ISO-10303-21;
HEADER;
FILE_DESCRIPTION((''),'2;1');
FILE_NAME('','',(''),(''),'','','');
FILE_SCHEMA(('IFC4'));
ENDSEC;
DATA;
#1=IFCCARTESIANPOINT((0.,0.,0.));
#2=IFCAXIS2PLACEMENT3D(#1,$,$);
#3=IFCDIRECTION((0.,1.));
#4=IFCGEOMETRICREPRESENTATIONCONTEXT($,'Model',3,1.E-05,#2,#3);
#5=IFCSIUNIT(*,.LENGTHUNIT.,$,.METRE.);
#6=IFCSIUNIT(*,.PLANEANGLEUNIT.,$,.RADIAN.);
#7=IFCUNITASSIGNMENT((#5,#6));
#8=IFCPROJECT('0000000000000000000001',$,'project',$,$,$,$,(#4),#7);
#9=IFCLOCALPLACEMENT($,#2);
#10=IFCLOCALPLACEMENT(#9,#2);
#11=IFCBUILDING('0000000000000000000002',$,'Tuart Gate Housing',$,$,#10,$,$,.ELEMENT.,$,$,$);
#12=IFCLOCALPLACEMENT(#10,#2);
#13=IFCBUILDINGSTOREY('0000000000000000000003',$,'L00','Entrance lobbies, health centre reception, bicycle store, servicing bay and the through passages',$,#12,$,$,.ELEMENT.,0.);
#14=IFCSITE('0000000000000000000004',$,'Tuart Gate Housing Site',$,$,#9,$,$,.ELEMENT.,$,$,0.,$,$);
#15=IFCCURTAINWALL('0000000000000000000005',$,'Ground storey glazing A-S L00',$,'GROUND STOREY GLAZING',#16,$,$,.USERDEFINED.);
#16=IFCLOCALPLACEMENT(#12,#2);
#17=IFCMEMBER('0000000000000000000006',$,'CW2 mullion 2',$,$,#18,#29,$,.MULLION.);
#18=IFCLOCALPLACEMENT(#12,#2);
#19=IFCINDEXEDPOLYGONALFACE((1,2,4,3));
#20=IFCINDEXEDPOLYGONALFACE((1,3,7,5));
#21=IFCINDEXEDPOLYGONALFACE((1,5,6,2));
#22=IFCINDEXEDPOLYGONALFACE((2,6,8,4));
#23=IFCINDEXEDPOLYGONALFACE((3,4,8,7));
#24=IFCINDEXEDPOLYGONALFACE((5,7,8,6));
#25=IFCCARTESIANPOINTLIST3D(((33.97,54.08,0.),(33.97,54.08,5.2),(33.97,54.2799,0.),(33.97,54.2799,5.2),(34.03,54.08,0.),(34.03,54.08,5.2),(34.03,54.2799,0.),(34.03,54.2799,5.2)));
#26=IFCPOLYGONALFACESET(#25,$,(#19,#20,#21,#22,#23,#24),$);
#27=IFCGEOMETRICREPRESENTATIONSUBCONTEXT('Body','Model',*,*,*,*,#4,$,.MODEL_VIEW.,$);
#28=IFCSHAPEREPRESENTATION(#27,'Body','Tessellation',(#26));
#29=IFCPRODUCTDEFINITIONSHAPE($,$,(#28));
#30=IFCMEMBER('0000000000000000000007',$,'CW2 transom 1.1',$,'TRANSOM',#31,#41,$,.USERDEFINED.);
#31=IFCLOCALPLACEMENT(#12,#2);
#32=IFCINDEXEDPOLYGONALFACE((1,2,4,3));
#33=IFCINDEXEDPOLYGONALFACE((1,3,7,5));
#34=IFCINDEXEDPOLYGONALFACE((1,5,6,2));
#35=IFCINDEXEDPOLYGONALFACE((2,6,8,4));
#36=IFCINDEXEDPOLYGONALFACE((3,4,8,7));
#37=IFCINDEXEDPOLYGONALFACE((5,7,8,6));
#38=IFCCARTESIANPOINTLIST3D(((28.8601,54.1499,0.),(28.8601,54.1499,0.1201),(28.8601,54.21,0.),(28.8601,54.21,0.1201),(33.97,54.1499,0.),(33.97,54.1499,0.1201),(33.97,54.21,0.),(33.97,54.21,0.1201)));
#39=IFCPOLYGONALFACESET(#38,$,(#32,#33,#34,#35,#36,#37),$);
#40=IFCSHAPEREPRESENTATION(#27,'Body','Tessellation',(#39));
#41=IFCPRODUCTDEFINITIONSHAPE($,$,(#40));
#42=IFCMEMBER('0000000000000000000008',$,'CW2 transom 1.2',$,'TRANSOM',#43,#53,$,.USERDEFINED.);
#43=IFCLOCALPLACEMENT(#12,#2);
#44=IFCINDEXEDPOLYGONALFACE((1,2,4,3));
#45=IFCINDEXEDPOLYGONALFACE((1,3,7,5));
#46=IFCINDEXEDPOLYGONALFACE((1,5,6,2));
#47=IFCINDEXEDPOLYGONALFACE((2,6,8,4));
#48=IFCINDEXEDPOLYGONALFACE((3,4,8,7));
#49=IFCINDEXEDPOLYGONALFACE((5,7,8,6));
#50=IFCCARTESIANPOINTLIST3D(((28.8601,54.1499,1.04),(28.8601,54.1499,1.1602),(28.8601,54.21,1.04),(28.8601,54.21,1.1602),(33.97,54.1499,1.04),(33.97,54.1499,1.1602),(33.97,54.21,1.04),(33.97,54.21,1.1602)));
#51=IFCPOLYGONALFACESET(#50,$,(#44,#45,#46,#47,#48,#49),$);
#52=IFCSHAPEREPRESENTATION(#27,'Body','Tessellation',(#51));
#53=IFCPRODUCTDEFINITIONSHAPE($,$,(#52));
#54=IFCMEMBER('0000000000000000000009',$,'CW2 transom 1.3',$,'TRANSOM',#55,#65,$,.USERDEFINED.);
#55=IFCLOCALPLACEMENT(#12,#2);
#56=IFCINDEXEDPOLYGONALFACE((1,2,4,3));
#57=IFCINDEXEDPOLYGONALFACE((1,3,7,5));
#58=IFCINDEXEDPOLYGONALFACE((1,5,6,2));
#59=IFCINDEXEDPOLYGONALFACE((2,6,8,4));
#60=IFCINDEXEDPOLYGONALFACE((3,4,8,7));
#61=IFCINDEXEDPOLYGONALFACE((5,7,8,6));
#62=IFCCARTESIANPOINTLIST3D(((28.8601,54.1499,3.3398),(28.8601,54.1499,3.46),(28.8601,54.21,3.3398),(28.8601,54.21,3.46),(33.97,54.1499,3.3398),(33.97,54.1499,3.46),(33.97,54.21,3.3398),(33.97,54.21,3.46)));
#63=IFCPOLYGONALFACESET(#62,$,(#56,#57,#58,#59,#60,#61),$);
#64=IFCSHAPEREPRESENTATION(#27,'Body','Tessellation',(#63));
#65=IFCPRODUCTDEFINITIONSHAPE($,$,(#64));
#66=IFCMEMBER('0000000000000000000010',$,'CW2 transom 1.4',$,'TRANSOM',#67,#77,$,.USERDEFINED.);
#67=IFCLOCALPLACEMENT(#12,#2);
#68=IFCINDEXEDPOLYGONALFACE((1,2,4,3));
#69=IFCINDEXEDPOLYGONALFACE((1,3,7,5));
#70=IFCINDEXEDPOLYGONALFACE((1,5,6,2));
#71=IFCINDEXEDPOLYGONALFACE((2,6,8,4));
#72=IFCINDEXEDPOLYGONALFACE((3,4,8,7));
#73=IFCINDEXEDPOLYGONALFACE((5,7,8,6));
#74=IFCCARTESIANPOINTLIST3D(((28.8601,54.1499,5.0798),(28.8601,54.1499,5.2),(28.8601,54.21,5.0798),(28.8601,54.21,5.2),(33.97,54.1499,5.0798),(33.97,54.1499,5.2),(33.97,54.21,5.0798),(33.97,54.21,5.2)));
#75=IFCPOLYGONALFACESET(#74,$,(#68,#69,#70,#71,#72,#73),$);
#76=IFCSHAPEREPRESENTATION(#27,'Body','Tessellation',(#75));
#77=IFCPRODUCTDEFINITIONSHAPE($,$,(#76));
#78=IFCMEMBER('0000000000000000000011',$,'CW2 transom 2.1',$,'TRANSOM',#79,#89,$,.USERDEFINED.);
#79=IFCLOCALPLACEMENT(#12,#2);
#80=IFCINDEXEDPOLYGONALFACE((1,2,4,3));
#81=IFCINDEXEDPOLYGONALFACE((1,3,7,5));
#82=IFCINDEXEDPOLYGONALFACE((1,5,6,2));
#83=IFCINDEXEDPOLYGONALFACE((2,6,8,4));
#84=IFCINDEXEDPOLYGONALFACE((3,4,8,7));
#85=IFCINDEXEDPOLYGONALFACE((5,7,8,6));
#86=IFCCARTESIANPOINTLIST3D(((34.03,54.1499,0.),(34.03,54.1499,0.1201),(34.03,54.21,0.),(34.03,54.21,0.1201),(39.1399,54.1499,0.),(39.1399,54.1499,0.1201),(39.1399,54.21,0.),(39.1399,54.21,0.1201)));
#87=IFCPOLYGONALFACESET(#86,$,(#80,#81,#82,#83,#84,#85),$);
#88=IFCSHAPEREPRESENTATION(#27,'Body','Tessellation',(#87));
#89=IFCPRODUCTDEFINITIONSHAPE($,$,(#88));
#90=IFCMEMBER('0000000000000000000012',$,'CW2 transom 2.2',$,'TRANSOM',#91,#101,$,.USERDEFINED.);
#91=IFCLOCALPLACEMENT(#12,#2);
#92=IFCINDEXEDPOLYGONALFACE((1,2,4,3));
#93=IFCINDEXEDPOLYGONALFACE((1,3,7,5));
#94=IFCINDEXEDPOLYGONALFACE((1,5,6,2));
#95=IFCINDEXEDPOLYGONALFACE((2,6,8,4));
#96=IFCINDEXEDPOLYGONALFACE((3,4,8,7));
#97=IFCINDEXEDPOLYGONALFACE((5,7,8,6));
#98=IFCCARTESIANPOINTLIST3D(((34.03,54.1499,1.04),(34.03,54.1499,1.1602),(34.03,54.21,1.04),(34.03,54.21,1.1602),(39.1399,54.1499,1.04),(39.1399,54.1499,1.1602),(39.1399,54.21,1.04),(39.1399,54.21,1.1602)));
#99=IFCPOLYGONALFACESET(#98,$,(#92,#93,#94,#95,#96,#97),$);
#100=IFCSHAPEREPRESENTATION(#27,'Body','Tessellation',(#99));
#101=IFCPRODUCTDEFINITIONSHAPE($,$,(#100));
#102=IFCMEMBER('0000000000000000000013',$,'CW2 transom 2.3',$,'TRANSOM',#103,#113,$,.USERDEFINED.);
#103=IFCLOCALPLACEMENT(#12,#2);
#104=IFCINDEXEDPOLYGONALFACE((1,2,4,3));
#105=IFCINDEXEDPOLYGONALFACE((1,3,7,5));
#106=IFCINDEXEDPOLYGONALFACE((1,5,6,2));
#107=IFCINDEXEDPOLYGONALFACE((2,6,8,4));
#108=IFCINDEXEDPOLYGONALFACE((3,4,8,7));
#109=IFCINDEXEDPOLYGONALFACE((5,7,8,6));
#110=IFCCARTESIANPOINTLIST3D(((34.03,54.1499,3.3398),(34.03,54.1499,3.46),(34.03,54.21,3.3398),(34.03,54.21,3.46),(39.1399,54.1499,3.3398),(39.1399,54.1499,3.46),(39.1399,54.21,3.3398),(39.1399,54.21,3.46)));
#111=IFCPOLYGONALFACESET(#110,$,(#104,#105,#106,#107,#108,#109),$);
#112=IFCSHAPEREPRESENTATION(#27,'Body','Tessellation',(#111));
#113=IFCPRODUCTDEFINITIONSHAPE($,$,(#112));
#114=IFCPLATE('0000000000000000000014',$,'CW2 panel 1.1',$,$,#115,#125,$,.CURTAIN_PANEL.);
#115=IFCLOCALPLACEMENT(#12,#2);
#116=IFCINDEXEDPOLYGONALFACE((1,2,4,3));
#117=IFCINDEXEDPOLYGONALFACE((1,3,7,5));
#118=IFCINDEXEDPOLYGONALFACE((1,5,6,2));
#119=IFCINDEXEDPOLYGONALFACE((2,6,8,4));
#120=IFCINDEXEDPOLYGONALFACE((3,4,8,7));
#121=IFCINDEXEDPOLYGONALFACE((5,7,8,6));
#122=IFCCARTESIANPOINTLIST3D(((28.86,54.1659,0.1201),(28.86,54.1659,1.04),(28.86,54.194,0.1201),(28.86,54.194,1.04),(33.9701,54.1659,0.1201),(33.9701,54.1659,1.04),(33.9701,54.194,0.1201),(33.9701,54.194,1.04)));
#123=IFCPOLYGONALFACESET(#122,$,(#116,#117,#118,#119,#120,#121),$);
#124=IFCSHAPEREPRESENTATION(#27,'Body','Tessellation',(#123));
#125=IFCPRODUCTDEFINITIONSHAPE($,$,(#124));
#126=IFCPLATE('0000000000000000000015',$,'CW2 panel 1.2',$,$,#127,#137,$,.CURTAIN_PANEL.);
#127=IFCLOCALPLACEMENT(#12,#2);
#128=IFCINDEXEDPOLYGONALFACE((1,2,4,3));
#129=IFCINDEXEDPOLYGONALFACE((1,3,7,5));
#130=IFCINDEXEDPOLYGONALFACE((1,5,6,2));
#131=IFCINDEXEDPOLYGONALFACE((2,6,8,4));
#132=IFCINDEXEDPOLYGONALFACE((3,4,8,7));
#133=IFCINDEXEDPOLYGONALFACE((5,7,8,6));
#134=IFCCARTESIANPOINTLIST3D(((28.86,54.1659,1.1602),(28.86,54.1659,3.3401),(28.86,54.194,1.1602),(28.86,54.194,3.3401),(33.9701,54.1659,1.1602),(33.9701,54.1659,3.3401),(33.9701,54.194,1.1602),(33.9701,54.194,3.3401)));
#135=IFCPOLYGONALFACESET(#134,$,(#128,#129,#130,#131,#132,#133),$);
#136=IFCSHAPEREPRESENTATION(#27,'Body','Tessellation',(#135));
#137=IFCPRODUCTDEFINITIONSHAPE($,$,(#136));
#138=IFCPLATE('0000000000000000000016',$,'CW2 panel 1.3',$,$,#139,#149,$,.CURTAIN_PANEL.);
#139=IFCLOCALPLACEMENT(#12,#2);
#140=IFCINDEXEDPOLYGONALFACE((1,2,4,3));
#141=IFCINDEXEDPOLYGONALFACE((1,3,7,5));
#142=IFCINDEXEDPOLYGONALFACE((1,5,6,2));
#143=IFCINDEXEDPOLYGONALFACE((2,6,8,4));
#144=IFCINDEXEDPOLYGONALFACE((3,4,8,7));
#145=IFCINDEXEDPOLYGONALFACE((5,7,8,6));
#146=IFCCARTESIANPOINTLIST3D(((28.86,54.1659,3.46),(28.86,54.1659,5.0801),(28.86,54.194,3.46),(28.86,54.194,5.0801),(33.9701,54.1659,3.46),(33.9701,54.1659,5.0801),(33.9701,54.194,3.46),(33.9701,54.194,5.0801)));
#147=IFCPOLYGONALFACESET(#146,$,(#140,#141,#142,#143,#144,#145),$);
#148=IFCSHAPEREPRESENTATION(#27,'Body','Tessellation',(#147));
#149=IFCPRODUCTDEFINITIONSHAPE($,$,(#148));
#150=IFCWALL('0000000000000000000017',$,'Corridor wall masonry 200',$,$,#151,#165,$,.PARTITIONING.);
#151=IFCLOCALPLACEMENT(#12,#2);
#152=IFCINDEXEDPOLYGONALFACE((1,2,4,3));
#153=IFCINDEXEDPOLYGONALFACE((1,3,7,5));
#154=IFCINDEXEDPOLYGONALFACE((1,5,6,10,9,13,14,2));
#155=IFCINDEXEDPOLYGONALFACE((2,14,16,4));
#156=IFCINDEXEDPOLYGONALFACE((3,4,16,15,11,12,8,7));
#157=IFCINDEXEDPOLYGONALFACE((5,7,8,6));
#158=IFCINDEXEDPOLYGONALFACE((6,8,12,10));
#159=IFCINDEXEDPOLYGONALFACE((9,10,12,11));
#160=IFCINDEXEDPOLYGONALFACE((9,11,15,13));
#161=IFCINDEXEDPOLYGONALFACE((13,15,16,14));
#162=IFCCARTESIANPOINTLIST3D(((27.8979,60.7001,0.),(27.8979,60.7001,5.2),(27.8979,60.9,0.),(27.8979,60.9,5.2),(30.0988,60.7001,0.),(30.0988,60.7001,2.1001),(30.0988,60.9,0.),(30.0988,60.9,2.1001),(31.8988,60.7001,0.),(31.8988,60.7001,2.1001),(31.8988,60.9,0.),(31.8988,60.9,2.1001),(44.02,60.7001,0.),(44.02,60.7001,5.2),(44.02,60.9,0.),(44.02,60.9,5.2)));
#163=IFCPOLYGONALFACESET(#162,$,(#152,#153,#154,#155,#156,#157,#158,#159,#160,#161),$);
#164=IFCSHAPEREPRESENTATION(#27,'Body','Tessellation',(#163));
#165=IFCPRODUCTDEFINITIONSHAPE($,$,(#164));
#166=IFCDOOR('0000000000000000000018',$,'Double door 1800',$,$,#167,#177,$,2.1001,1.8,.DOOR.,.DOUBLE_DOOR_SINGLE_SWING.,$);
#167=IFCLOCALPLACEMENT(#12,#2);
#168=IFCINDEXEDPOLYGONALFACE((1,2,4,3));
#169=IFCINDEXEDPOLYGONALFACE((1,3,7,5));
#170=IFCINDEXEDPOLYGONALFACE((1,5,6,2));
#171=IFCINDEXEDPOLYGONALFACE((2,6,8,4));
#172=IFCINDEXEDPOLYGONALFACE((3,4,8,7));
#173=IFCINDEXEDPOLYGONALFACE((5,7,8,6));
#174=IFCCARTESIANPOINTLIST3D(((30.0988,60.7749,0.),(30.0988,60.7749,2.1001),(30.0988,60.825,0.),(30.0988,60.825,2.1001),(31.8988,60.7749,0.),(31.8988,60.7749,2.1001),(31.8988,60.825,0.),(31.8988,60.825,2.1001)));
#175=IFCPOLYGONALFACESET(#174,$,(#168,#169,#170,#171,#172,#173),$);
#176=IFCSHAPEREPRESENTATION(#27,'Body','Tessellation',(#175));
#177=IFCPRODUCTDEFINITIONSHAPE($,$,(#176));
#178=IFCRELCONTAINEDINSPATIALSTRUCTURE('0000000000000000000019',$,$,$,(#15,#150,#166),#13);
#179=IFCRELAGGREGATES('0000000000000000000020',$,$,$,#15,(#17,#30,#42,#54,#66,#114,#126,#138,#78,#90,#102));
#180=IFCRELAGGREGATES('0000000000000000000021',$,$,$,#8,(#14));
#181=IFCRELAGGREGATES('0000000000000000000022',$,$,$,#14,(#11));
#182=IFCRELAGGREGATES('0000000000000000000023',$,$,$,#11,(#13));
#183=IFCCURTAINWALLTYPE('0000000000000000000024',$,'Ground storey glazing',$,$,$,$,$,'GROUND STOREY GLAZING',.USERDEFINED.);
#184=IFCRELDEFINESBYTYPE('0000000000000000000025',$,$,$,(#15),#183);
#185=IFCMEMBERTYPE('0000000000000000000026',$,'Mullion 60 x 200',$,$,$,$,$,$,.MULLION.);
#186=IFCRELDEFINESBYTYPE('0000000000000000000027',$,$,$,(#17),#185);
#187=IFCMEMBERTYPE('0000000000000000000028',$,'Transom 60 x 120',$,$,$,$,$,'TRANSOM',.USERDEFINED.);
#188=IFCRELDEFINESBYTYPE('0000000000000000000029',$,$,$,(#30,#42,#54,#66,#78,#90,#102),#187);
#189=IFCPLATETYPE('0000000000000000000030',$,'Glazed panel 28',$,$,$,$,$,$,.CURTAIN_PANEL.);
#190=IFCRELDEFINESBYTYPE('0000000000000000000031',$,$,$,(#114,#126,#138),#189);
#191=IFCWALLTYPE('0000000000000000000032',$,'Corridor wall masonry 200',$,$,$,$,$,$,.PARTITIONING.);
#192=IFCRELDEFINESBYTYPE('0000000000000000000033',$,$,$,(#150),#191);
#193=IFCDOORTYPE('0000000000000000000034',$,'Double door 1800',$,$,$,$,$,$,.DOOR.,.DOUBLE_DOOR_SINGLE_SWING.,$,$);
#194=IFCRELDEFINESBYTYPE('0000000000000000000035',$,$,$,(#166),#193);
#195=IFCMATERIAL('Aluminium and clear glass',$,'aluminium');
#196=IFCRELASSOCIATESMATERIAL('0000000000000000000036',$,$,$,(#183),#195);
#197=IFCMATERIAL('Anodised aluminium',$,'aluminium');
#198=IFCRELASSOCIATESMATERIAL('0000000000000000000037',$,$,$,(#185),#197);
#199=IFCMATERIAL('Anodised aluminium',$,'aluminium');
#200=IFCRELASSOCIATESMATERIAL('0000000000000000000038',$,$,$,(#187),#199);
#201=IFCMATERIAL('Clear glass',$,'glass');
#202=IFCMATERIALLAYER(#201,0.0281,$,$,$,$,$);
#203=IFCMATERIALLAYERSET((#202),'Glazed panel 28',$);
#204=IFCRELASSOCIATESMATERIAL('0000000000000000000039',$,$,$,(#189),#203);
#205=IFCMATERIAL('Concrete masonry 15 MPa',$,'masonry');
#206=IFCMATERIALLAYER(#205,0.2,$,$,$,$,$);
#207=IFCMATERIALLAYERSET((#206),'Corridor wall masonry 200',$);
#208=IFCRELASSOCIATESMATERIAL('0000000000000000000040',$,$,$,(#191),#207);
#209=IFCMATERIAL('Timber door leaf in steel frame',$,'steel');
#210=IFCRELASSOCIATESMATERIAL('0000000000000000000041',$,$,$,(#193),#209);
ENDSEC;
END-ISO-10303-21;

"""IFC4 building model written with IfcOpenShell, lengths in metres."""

from ifc_helpers import new_model, si_unit, direction, frame, frame_2d, origin, origin_2d, place, context, subcontext, project, spatial, rectangle, extrude, material, layer, layer_set, material_profile, profile_set, type_object, element, fill, aggregate, save


model = new_model("IFC4")

# Units and contexts
model_context = context("Model", 3, precision=1e-05, world=origin(), true_north=direction((0.0, 1.0)))
body_context = subcontext(model_context, "Body", "Model", "MODEL_VIEW")
ifc_project = project(units=[si_unit("LENGTHUNIT", "METRE"), si_unit("PLANEANGLEUNIT", "RADIAN")], contexts=[model_context])

# Site, building, storey
site_placement = place(None, origin())
site = spatial("IfcSite", under=ifc_project, at=site_placement, Name="Tuart Gate Housing Site", CompositionType="ELEMENT", RefElevation=0.0)
building_placement = place(site_placement, origin())
building = spatial("IfcBuilding", under=site, at=building_placement, Name="Tuart Gate Housing", CompositionType="ELEMENT")
storey_placement = place(building_placement, origin())
storey = spatial("IfcBuildingStorey", under=building, at=storey_placement, Name="L00", Description="Entrance lobbies, health centre reception, bicycle store, servicing bay and the through passages", CompositionType="ELEMENT", Elevation=0.0)

# Curtain wall, members, plates
ifc_material_1 = material(Name="Aluminium and clear glass", Category="aluminium")
curtain_wall_type = type_object("IfcCurtainWallType", Name="Ground storey glazing", ElementType="GROUND STOREY GLAZING", PredefinedType="USERDEFINED", material=ifc_material_1)
curtain_wall_placement = place(storey_placement, origin())
curtain_wall = element("IfcCurtainWall", 1, at=curtain_wall_placement, inside=storey, type_object=curtain_wall_type, Name="Ground storey glazing A-S L00", ObjectType="GROUND STOREY GLAZING", PredefinedType="USERDEFINED")
ifc_material_2 = material(Name="Anodised aluminium", Category="aluminium")
ifc_material_profile_1 = material_profile(ifc_material_2, rectangle(XDim=0.0601, YDim=0.2, at=origin_2d()), Name="60x200")
ifc_profile_set_1 = profile_set([ifc_material_profile_1], Name="Anodised aluminium")
member_type_1 = type_object("IfcMemberType", Name="Mullion 60 x 200", PredefinedType="MULLION", material=ifc_profile_set_1)
member_1_placement = place(storey_placement, frame((34.0, 54.1799, 0.0), z_axis=(0.0, 0.0, 1.0), x_axis=(1.0, 0.0, 0.0)))
member_1 = element("IfcMember", 2, at=member_1_placement, type_object=member_type_1, Name="CW2 mullion 2", PredefinedType="MULLION", context=body_context, shape_type="SweptSolid", body=[
    extrude(rectangle(XDim=0.0601, YDim=0.2, at=origin_2d()), origin(), (0.0, 0.0, 1.0), 5.2),
])
ifc_material_3 = material(Name="Anodised aluminium", Category="aluminium")
ifc_material_profile_2 = material_profile(ifc_material_3, rectangle(XDim=0.0601, YDim=0.1201, at=origin_2d()), Name="60x120")
ifc_profile_set_2 = profile_set([ifc_material_profile_2], Name="Anodised aluminium")
member_type_2 = type_object("IfcMemberType", Name="Transom 60 x 120", ElementType="TRANSOM", PredefinedType="USERDEFINED", material=ifc_profile_set_2)
member_2_placement = place(storey_placement, frame((28.8601, 54.1799, 0.0601), z_axis=(1.0, 0.0, 0.0), x_axis=(0.0, 1.0, 0.0)))
member_2 = element("IfcMember", 3, at=member_2_placement, type_object=member_type_2, Name="CW2 transom 1.1", ObjectType="TRANSOM", PredefinedType="USERDEFINED", context=body_context, shape_type="SweptSolid", body=[
    extrude(rectangle(XDim=0.0601, YDim=0.1201, at=origin_2d()), origin(), (0.0, 0.0, 1.0), 5.1099),
])
member_3_placement = place(storey_placement, frame((28.8601, 54.1799, 1.1001), z_axis=(1.0, 0.0, 0.0), x_axis=(0.0, 1.0, 0.0)))
member_3 = element("IfcMember", 4, at=member_3_placement, type_object=member_type_2, Name="CW2 transom 1.2", ObjectType="TRANSOM", PredefinedType="USERDEFINED", context=body_context, shape_type="SweptSolid", body=[
    extrude(rectangle(XDim=0.0601, YDim=0.1201, at=origin_2d()), origin(), (0.0, 0.0, 1.0), 5.1099),
])
member_4_placement = place(storey_placement, frame((28.8601, 54.1799, 3.3999), z_axis=(1.0, 0.0, 0.0), x_axis=(0.0, 1.0, 0.0)))
member_4 = element("IfcMember", 5, at=member_4_placement, type_object=member_type_2, Name="CW2 transom 1.3", ObjectType="TRANSOM", PredefinedType="USERDEFINED", context=body_context, shape_type="SweptSolid", body=[
    extrude(rectangle(XDim=0.0601, YDim=0.1201, at=origin_2d()), origin(), (0.0, 0.0, 1.0), 5.1099),
])
member_5_placement = place(storey_placement, frame((28.8601, 54.1799, 5.1399), z_axis=(1.0, 0.0, 0.0), x_axis=(0.0, 1.0, 0.0)))
member_5 = element("IfcMember", 6, at=member_5_placement, type_object=member_type_2, Name="CW2 transom 1.4", ObjectType="TRANSOM", PredefinedType="USERDEFINED", context=body_context, shape_type="SweptSolid", body=[
    extrude(rectangle(XDim=0.0601, YDim=0.1201, at=origin_2d()), origin(), (0.0, 0.0, 1.0), 5.1099),
])
member_6_placement = place(storey_placement, frame((34.03, 54.1799, 0.0601), z_axis=(1.0, 0.0, 0.0), x_axis=(0.0, 1.0, 0.0)))
member_6 = element("IfcMember", 7, at=member_6_placement, type_object=member_type_2, Name="CW2 transom 2.1", ObjectType="TRANSOM", PredefinedType="USERDEFINED", context=body_context, shape_type="SweptSolid", body=[
    extrude(rectangle(XDim=0.0601, YDim=0.1201, at=origin_2d()), origin(), (0.0, 0.0, 1.0), 5.1099),
])
member_7_placement = place(storey_placement, frame((34.03, 54.1799, 1.1001), z_axis=(1.0, 0.0, 0.0), x_axis=(0.0, 1.0, 0.0)))
member_7 = element("IfcMember", 8, at=member_7_placement, type_object=member_type_2, Name="CW2 transom 2.2", ObjectType="TRANSOM", PredefinedType="USERDEFINED", context=body_context, shape_type="SweptSolid", body=[
    extrude(rectangle(XDim=0.0601, YDim=0.1201, at=origin_2d()), origin(), (0.0, 0.0, 1.0), 5.1099),
])
member_8_placement = place(storey_placement, frame((34.03, 54.1799, 3.3999), z_axis=(1.0, 0.0, 0.0), x_axis=(0.0, 1.0, 0.0)))
member_8 = element("IfcMember", 9, at=member_8_placement, type_object=member_type_2, Name="CW2 transom 2.3", ObjectType="TRANSOM", PredefinedType="USERDEFINED", context=body_context, shape_type="SweptSolid", body=[
    extrude(rectangle(XDim=0.0601, YDim=0.1201, at=origin_2d()), origin(), (0.0, 0.0, 1.0), 5.1099),
])
ifc_material_4 = material(Name="Clear glass", Category="glass")
ifc_layer_1 = layer(ifc_material_4, 0.0281)
ifc_layer_set_1 = layer_set([ifc_layer_1], Name="Glazed panel 28")
plate_type = type_object("IfcPlateType", Name="Glazed panel 28", PredefinedType="CURTAIN_PANEL", material=ifc_layer_set_1)
plate_1_placement = place(storey_placement, frame((31.415, 54.1799, 0.1201), z_axis=(0.0, 0.0, 1.0), x_axis=(1.0, 0.0, 0.0)))
plate_1 = element("IfcPlate", 10, at=plate_1_placement, type_object=plate_type, Name="CW2 panel 1.1", PredefinedType="CURTAIN_PANEL", context=body_context, shape_type="SweptSolid", body=[
    extrude(rectangle(XDim=5.1101, YDim=0.0281, at=origin_2d()), origin(), (0.0, 0.0, 1.0), 0.9199),
])
plate_2_placement = place(storey_placement, frame((31.415, 54.1799, 1.1602), z_axis=(0.0, 0.0, 1.0), x_axis=(1.0, 0.0, 0.0)))
plate_2 = element("IfcPlate", 11, at=plate_2_placement, type_object=plate_type, Name="CW2 panel 1.2", PredefinedType="CURTAIN_PANEL", context=body_context, shape_type="SweptSolid", body=[
    extrude(rectangle(XDim=5.1101, YDim=0.0281, at=origin_2d()), origin(), (0.0, 0.0, 1.0), 2.1799),
])
plate_3_placement = place(storey_placement, frame((31.415, 54.1799, 3.46), z_axis=(0.0, 0.0, 1.0), x_axis=(1.0, 0.0, 0.0)))
plate_3 = element("IfcPlate", 12, at=plate_3_placement, type_object=plate_type, Name="CW2 panel 1.3", PredefinedType="CURTAIN_PANEL", context=body_context, shape_type="SweptSolid", body=[
    extrude(rectangle(XDim=5.1101, YDim=0.0281, at=origin_2d()), origin(), (0.0, 0.0, 1.0), 1.6201),
])
aggregate(curtain_wall, [member_1, member_2, member_3, member_4, member_5, plate_1, plate_2, plate_3, member_6, member_7, member_8])

# Wall, opening, door
ifc_material_5 = material(Name="Concrete masonry 15 MPa", Category="masonry")
ifc_layer_2 = layer(ifc_material_5, 0.2)
ifc_layer_set_2 = layer_set([ifc_layer_2], Name="Corridor wall masonry 200")
wall_type_1 = type_object("IfcWallType", Name="Corridor wall masonry 200", PredefinedType="PARTITIONING", material=ifc_layer_set_2)
wall_1_placement = place(storey_placement, frame((27.8979, 60.8, 0.0), z_axis=(0.0, 0.0, 1.0), x_axis=(1.0, 0.0, 0.0)))
wall_1 = element("IfcWall", 13, at=wall_1_placement, inside=storey, type_object=wall_type_1, Name="Corridor wall masonry 200", PredefinedType="PARTITIONING", context=body_context, shape_type="SweptSolid", body=[
    extrude(rectangle(XDim=16.1221, YDim=0.2, at=frame_2d((8.061, 0.0))), origin(), (0.0, 0.0, 1.0), 5.2),
])
opening_1_placement = place(wall_1_placement, frame((2.2009, 0.0, 0.0)))
opening_1 = element("IfcOpeningElement", 14, at=opening_1_placement, cuts=wall_1, PredefinedType="OPENING", context=body_context, shape_type="SweptSolid", body=[
    extrude(rectangle(XDim=1.8, YDim=2.1001, at=frame_2d((0.8999, 1.05))), frame((0.0, 0.1099, 0.0), z_axis=(0.0, -1.0, 0.0), x_axis=(1.0, 0.0, 0.0)), (0.0, 0.0, 1.0), 0.22),
])
ifc_material_6 = material(Name="Timber door leaf in steel frame", Category="steel")
door_type_1 = type_object("IfcDoorType", Name="Double door 1800", OperationType="DOUBLE_DOOR_SINGLE_SWING", PredefinedType="DOOR", material=ifc_material_6)
door_1_placement = place(opening_1_placement, origin())
door_1 = element("IfcDoor", 15, at=door_1_placement, inside=storey, type_object=door_type_1, Name="Double door 1800", OperationType="DOUBLE_DOOR_SINGLE_SWING", OverallHeight=2.1001, OverallWidth=1.8, PredefinedType="DOOR", context=body_context, shape_type="SweptSolid", body=[
    extrude(rectangle(XDim=1.8, YDim=2.1001, at=frame_2d((0.8999, 1.05))), frame((0.0, 0.0249, 0.0), z_axis=(0.0, -1.0, 0.0), x_axis=(1.0, 0.0, 0.0)), (0.0, 0.0, 1.0), 0.05),
])
fill(opening_1, door_1)

save(model, "model.ifc")
